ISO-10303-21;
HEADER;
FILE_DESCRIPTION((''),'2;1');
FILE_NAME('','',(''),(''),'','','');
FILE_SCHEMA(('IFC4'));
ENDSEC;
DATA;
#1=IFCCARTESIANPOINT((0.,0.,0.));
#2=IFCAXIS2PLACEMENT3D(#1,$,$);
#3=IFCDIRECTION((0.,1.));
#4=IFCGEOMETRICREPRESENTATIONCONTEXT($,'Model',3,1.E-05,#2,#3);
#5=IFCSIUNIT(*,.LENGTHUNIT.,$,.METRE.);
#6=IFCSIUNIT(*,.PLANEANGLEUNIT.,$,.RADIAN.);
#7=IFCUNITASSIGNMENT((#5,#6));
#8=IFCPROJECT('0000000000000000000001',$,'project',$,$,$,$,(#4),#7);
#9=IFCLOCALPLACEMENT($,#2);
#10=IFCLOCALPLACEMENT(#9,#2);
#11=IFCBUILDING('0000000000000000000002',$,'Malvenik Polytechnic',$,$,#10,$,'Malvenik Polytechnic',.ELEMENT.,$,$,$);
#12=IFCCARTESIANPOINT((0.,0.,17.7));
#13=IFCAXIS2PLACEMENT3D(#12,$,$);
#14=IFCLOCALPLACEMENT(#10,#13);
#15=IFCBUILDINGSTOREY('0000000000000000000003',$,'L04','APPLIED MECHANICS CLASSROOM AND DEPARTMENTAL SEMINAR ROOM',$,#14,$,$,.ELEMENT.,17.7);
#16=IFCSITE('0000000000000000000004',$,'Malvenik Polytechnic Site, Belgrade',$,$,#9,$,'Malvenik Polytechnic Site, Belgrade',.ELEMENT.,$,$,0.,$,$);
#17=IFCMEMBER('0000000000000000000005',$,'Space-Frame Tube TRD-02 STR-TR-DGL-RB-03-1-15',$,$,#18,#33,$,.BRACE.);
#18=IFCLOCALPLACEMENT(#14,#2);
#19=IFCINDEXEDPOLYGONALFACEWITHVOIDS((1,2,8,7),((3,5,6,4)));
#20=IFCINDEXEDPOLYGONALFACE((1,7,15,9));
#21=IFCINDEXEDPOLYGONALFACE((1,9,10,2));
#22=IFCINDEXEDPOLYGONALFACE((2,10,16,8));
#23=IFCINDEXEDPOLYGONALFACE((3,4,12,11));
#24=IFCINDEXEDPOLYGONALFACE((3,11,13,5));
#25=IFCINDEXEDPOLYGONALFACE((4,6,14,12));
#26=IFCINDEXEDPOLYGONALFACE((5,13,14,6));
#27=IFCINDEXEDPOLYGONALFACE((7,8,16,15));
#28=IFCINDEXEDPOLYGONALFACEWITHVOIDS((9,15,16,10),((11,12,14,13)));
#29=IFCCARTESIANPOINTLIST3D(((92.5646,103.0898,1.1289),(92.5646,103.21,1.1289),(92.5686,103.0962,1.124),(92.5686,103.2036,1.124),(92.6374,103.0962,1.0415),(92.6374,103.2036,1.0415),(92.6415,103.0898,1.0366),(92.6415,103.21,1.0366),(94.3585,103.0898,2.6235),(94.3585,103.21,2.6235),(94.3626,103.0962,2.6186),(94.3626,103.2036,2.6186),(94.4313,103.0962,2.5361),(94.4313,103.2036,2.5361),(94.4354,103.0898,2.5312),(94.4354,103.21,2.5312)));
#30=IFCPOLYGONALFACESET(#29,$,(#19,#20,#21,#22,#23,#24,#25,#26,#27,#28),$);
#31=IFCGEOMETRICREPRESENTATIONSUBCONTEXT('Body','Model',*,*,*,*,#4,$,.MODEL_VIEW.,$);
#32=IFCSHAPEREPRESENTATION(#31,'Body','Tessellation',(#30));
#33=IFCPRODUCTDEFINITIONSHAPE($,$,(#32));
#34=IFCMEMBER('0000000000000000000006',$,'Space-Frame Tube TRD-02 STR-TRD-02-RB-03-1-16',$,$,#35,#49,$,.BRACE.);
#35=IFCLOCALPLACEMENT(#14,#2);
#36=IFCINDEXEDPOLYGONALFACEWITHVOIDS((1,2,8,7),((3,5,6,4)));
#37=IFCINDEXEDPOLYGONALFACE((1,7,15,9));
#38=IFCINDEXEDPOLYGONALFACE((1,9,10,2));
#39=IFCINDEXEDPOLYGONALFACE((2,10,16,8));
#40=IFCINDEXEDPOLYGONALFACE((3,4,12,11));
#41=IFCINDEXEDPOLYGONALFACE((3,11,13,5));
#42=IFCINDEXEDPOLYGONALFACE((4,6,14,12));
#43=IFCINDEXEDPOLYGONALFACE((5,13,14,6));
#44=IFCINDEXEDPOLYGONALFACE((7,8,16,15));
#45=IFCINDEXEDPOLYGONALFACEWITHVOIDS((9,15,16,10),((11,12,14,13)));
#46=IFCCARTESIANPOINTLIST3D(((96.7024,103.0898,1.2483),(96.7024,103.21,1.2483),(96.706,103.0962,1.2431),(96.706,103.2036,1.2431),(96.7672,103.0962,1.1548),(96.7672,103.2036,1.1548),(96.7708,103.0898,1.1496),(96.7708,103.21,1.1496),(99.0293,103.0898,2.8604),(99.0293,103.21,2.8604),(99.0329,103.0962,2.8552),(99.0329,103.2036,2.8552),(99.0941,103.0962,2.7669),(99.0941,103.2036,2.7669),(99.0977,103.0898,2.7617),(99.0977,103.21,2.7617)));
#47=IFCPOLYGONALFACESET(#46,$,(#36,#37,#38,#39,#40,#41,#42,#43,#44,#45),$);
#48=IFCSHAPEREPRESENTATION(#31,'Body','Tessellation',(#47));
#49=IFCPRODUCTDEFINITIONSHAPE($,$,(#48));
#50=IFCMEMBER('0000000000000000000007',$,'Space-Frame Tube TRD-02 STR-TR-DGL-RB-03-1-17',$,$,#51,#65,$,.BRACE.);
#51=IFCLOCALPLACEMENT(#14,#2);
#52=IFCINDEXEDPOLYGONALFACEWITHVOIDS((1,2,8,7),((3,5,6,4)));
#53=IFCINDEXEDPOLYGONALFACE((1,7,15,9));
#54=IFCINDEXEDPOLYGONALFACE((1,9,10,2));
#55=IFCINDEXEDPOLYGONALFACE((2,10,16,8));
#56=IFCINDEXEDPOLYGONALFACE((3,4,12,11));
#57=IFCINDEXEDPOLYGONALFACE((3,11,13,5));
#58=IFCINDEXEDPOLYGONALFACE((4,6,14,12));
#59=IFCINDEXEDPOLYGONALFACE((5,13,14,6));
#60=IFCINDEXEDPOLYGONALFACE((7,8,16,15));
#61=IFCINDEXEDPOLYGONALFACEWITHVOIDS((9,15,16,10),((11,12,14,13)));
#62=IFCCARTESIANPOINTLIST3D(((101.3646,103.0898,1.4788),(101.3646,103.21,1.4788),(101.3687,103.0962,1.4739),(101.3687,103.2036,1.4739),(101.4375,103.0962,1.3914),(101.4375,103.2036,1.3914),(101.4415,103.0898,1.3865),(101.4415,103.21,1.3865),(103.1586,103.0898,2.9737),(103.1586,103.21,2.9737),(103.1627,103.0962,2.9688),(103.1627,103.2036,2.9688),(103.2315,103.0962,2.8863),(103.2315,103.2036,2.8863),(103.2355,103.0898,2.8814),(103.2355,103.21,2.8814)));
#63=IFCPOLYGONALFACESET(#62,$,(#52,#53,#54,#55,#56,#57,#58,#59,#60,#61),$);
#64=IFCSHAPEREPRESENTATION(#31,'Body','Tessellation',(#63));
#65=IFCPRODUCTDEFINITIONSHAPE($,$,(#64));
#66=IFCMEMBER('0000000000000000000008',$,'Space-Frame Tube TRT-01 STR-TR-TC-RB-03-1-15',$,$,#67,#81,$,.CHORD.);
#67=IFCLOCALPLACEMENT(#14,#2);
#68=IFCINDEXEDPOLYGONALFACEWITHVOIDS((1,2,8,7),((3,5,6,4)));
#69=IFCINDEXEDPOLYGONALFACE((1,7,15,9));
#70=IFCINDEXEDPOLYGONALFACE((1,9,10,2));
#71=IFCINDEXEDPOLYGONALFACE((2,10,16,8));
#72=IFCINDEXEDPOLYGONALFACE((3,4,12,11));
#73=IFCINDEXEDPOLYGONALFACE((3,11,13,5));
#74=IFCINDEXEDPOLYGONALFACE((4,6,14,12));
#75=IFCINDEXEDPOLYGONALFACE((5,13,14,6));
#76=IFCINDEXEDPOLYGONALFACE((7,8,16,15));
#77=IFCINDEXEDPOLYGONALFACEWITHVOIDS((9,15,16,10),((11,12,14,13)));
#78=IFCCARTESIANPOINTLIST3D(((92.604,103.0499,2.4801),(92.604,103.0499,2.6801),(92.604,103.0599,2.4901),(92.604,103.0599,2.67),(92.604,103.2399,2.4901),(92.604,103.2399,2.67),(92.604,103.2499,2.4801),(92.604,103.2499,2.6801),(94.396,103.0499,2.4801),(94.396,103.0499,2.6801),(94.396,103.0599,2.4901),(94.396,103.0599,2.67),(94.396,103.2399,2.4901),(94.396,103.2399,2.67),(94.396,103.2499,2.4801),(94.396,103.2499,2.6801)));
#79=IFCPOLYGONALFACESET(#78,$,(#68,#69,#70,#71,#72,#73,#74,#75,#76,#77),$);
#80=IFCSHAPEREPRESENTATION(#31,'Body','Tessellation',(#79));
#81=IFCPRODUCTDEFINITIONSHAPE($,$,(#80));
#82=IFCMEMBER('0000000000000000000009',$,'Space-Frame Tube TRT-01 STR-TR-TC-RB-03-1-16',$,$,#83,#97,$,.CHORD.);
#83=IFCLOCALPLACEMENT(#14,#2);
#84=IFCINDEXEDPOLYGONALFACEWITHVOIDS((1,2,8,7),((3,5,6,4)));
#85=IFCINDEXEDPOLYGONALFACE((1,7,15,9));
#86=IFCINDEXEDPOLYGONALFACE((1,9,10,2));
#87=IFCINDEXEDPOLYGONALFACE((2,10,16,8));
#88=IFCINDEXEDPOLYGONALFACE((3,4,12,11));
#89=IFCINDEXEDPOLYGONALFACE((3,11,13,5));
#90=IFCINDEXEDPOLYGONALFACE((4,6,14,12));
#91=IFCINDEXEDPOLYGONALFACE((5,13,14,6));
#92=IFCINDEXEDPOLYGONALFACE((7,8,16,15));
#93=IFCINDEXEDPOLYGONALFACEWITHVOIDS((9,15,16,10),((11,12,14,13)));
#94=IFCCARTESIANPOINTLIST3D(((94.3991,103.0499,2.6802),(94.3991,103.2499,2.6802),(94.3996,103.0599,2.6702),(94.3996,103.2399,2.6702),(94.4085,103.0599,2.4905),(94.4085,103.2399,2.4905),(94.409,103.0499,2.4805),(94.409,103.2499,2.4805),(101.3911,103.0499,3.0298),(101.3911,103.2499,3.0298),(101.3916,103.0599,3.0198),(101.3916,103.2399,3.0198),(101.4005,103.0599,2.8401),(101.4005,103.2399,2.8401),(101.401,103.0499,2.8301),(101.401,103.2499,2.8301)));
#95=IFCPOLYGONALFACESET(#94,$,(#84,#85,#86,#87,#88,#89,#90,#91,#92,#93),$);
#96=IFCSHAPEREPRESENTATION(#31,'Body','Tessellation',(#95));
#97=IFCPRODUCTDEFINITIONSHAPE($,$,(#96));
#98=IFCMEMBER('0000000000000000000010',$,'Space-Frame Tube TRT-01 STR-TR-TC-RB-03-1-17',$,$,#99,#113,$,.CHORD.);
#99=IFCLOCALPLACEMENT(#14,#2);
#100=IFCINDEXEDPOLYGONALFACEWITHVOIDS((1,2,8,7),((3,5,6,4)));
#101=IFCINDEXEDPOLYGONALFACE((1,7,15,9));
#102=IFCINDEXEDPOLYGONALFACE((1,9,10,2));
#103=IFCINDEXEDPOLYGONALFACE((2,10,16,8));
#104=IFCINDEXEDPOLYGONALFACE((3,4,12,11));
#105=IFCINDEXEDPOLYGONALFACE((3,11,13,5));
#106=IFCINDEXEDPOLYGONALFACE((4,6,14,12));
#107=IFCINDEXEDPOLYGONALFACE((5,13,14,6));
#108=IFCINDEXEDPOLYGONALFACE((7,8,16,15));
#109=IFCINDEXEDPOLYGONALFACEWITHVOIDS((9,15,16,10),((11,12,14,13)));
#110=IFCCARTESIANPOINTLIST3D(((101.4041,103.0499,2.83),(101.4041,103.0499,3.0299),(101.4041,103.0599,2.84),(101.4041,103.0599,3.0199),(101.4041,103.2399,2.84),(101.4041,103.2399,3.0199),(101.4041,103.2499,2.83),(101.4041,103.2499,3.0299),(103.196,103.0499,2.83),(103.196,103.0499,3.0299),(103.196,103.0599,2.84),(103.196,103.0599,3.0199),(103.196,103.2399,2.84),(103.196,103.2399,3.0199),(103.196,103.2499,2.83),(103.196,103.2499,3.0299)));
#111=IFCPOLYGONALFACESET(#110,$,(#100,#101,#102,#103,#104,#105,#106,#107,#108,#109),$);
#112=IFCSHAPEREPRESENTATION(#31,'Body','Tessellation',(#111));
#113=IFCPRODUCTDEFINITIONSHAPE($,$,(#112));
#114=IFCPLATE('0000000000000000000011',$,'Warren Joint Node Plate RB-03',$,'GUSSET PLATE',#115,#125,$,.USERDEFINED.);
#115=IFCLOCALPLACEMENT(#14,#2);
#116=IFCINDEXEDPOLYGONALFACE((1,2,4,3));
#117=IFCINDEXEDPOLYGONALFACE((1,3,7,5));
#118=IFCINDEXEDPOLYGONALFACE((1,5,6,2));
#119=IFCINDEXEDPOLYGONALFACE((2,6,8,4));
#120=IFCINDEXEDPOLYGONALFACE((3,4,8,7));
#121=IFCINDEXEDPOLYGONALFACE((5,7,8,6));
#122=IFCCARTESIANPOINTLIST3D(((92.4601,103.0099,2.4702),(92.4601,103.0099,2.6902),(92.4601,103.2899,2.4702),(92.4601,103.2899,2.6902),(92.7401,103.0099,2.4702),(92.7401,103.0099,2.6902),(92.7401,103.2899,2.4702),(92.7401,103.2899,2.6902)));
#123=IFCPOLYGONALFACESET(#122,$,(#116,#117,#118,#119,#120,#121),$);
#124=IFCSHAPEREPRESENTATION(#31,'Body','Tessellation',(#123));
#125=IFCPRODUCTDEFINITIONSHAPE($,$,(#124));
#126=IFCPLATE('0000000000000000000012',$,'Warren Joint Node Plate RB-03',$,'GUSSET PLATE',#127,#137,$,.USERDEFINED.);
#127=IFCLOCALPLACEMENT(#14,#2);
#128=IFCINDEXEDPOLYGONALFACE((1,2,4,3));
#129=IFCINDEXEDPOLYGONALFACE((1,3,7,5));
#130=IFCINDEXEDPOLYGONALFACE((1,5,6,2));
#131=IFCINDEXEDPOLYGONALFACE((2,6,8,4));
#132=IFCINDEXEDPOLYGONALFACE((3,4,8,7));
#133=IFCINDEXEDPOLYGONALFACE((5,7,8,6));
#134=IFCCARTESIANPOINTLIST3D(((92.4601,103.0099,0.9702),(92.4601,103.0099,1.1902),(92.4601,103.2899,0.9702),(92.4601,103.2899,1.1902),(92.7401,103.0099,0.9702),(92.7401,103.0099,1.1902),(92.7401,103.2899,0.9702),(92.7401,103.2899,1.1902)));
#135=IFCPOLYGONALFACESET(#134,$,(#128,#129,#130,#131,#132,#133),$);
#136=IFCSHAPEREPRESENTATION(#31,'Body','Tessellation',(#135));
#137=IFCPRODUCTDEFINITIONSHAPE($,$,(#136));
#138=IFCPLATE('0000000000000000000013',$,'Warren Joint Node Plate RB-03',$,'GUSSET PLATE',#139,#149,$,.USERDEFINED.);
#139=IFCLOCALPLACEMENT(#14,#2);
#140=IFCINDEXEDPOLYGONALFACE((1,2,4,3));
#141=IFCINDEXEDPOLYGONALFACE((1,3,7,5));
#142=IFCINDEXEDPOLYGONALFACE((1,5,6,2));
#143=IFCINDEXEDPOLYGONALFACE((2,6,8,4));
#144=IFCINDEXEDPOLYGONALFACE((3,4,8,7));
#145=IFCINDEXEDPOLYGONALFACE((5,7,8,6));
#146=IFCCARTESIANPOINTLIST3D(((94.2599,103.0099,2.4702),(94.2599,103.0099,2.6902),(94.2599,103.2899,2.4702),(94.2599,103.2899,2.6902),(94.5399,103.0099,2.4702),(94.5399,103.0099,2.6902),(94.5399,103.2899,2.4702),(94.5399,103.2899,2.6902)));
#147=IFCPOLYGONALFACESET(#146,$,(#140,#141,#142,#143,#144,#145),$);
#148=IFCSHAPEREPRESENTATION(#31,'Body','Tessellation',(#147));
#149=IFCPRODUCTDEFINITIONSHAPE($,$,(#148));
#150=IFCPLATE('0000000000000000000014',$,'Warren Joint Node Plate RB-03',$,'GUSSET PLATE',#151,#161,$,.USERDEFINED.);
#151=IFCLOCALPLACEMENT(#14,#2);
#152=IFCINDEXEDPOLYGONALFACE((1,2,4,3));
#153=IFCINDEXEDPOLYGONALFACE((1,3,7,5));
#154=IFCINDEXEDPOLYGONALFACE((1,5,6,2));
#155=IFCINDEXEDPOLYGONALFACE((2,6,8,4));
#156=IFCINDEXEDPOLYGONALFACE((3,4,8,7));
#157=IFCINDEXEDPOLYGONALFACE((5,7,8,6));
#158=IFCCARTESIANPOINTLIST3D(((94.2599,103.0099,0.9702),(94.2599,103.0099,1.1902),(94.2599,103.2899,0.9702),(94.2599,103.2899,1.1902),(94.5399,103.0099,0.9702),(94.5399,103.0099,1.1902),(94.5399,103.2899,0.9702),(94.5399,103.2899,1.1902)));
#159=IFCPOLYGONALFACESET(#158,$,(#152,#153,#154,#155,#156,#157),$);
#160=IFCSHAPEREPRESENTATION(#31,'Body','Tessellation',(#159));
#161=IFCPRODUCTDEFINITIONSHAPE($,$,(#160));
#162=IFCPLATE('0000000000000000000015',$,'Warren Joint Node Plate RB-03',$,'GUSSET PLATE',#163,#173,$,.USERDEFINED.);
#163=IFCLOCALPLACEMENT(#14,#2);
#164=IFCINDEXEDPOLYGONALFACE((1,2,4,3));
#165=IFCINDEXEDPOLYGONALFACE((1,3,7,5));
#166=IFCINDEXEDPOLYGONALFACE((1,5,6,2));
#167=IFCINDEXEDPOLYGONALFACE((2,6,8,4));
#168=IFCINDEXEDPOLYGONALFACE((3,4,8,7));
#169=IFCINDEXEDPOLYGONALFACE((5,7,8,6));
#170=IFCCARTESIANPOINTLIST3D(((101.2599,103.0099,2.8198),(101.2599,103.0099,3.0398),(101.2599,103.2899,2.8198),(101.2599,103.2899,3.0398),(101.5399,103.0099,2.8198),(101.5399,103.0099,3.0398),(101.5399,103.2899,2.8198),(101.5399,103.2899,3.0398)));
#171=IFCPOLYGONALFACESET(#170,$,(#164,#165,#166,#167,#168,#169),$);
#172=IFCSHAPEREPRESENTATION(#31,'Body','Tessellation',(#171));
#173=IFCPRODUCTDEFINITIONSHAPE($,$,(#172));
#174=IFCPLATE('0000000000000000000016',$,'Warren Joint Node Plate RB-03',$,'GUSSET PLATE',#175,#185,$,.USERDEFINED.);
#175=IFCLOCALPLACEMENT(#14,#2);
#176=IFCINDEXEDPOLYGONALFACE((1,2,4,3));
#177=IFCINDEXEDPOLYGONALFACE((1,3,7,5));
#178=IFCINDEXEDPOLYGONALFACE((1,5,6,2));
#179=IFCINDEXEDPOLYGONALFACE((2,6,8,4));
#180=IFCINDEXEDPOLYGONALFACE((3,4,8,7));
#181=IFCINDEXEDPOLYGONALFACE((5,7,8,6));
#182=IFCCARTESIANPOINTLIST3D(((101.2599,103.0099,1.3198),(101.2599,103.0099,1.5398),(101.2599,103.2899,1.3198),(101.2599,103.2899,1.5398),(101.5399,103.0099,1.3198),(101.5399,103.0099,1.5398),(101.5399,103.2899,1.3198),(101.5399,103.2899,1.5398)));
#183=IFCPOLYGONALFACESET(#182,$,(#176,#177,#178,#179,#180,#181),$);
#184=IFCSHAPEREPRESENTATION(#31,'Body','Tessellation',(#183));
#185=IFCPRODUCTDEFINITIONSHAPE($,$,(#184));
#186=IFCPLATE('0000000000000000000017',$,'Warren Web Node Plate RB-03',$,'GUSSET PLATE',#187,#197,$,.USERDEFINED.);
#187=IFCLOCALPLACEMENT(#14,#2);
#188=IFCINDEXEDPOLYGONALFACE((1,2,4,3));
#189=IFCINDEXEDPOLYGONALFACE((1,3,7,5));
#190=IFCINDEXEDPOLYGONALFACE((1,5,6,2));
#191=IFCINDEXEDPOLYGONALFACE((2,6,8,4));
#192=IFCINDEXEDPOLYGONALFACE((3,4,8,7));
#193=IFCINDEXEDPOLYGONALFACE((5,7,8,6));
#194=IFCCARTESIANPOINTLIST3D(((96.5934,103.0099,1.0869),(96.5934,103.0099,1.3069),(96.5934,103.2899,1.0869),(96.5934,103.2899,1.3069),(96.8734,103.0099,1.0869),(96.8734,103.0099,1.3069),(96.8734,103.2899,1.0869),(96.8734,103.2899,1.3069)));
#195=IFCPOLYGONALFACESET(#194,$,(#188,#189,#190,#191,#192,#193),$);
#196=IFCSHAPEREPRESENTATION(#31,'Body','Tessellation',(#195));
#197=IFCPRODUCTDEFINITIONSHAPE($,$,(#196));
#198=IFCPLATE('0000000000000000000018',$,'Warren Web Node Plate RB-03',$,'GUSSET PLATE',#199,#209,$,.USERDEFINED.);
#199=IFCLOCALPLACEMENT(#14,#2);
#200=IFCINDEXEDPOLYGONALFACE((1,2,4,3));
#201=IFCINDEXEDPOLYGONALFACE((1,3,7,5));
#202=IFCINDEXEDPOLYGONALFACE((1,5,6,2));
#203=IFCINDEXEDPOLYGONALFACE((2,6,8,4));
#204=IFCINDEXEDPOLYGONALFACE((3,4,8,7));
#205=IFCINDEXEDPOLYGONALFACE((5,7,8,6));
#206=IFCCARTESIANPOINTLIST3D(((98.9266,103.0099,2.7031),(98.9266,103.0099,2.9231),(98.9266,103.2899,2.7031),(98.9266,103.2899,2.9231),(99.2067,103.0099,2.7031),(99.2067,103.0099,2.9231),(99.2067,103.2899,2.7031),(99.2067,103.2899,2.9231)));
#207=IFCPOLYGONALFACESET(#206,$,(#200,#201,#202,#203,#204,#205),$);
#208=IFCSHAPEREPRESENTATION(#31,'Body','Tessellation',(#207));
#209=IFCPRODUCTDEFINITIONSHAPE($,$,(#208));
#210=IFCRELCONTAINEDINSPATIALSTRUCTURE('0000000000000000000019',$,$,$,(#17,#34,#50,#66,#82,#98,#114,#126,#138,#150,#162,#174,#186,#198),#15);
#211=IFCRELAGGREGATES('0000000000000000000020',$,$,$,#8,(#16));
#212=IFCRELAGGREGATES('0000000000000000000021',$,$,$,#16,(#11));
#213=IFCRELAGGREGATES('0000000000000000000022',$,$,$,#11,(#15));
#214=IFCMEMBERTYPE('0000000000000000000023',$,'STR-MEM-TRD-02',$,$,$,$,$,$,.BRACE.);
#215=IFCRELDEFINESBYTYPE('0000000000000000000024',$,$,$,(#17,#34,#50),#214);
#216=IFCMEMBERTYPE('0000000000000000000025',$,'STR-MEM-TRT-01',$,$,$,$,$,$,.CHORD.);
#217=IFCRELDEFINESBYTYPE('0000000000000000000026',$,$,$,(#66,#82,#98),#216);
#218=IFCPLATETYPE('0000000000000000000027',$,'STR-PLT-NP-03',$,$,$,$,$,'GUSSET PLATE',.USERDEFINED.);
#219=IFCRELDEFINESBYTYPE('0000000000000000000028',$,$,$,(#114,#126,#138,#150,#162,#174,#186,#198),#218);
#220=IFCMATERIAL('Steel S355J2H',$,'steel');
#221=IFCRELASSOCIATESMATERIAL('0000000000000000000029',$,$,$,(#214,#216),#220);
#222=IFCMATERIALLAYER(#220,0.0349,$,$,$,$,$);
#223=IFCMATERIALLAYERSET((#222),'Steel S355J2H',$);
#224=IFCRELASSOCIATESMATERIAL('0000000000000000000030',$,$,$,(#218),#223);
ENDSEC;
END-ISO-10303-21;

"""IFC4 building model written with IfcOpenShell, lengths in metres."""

from ifc_helpers import new_model, si_unit, direction, frame, origin, origin_2d, place, context, subcontext, project, spatial, rectangle, hollow_rectangle, extrude, material, layer, layer_set, material_profile, profile_set, type_object, element, save


model = new_model("IFC4")

# Units and contexts
model_context = context("Model", 3, precision=1e-05, world=origin(), true_north=direction((0.0, 1.0)))
body_context = subcontext(model_context, "Body", "Model", "MODEL_VIEW")
ifc_project = project(units=[si_unit("LENGTHUNIT", "METRE"), si_unit("PLANEANGLEUNIT", "RADIAN")], contexts=[model_context])

# Site, building, storey
site_placement = place(None, origin())
site = spatial("IfcSite", under=ifc_project, at=site_placement, Name="Malvenik Polytechnic Site, Belgrade", LongName="Malvenik Polytechnic Site, Belgrade", CompositionType="ELEMENT", RefElevation=0.0)
building_placement = place(site_placement, origin())
building = spatial("IfcBuilding", under=site, at=building_placement, Name="Malvenik Polytechnic", LongName="Malvenik Polytechnic", CompositionType="ELEMENT")
storey_placement = place(building_placement, frame((0.0, 0.0, 17.7)))
storey = spatial("IfcBuildingStorey", under=building, at=storey_placement, Name="L04", Description="APPLIED MECHANICS CLASSROOM AND DEPARTMENTAL SEMINAR ROOM", CompositionType="ELEMENT", Elevation=17.7)

# Shared definitions
ifc_material_1 = material(Name="Steel S355J2H", Category="steel")

# Members
ifc_material_profile_1 = material_profile(ifc_material_1, hollow_rectangle(XDim=0.1201, YDim=0.1201, WallThickness=0.0063, at=origin_2d()), Name="SHS 120x120x6.3")
ifc_profile_set_1 = profile_set([ifc_material_profile_1], Name="Steel S355J2H")
member_type_1 = type_object("IfcMemberType", Name="STR-MEM-TRD-02", PredefinedType="BRACE", material=ifc_profile_set_1)
member_1_placement = place(storey_placement, frame((92.603, 103.1499, 1.0828), z_axis=(0.76829, 0.0, 0.640102), x_axis=(0.0, 1.0, 0.0)))
element("IfcMember", 1, at=member_1_placement, inside=storey, type_object=member_type_1, Name="Space-Frame Tube TRD-02 STR-TR-DGL-RB-03-1-15", PredefinedType="BRACE", context=body_context, shape_type="SweptSolid", body=[
    extrude(hollow_rectangle(XDim=0.1201, YDim=0.1201, WallThickness=0.0063, at=origin_2d()), origin(), (0.0, 0.0, 1.0), 2.335),
])
member_2_placement = place(storey_placement, frame((96.7366, 103.1499, 1.199), z_axis=(0.822006, 0.0, 0.569479), x_axis=(0.0, 1.0, 0.0)))
element("IfcMember", 2, at=member_2_placement, inside=storey, type_object=member_type_1, Name="Space-Frame Tube TRD-02 STR-TRD-02-RB-03-1-16", PredefinedType="BRACE", context=body_context, shape_type="SweptSolid", body=[
    extrude(hollow_rectangle(XDim=0.1201, YDim=0.1201, WallThickness=0.0063, at=origin_2d()), origin(), (0.0, 0.0, 1.0), 2.8308),
])
member_3_placement = place(storey_placement, frame((101.4031, 103.1499, 1.4326), z_axis=(0.768238, 0.0, 0.640164), x_axis=(0.0, 1.0, 0.0)))
element("IfcMember", 3, at=member_3_placement, inside=storey, type_object=member_type_1, Name="Space-Frame Tube TRD-02 STR-TR-DGL-RB-03-1-17", PredefinedType="BRACE", context=body_context, shape_type="SweptSolid", body=[
    extrude(hollow_rectangle(XDim=0.1201, YDim=0.1201, WallThickness=0.0063, at=origin_2d()), origin(), (0.0, 0.0, 1.0), 2.3352),
])
ifc_material_profile_2 = material_profile(ifc_material_1, hollow_rectangle(XDim=0.2, YDim=0.2, WallThickness=0.01, at=origin_2d()), Name="SHS 200x200x10.0")
ifc_profile_set_2 = profile_set([ifc_material_profile_2], Name="Steel S355J2H")
member_type_2 = type_object("IfcMemberType", Name="STR-MEM-TRT-01", PredefinedType="CHORD", material=ifc_profile_set_2)
member_4_placement = place(storey_placement, frame((92.604, 103.1499, 2.5801), z_axis=(1.0, 0.0, 0.0), x_axis=(0.0, 1.0, 0.0)))
element("IfcMember", 4, at=member_4_placement, inside=storey, type_object=member_type_2, Name="Space-Frame Tube TRT-01 STR-TR-TC-RB-03-1-15", PredefinedType="CHORD", context=body_context, shape_type="SweptSolid", body=[
    extrude(hollow_rectangle(XDim=0.2, YDim=0.2, WallThickness=0.01, at=origin_2d()), origin(), (0.0, 0.0, 1.0), 1.792),
])
member_5_placement = place(storey_placement, frame((94.4041, 103.1499, 2.5803), z_axis=(0.998752, 0.0, 0.049939), x_axis=(0.0, 1.0, 0.0)))
element("IfcMember", 5, at=member_5_placement, inside=storey, type_object=member_type_2, Name="Space-Frame Tube TRT-01 STR-TR-TC-RB-03-1-16", PredefinedType="CHORD", context=body_context, shape_type="SweptSolid", body=[
    extrude(hollow_rectangle(XDim=0.2, YDim=0.2, WallThickness=0.01, at=origin_2d()), origin(), (0.0, 0.0, 1.0), 7.0007),
])
member_6_placement = place(storey_placement, frame((101.4041, 103.1499, 2.9299), z_axis=(1.0, 0.0, 0.0), x_axis=(0.0, 1.0, 0.0)))
element("IfcMember", 6, at=member_6_placement, inside=storey, type_object=member_type_2, Name="Space-Frame Tube TRT-01 STR-TR-TC-RB-03-1-17", PredefinedType="CHORD", context=body_context, shape_type="SweptSolid", body=[
    extrude(hollow_rectangle(XDim=0.2, YDim=0.2, WallThickness=0.01, at=origin_2d()), origin(), (0.0, 0.0, 1.0), 1.792),
])

# Plates
ifc_layer_1 = layer(ifc_material_1, 0.0349)
ifc_layer_set_1 = layer_set([ifc_layer_1], Name="Steel S355J2H")
plate_type = type_object("IfcPlateType", Name="STR-PLT-NP-03", ElementType="GUSSET PLATE", PredefinedType="USERDEFINED", material=ifc_layer_set_1)
for number, where, z_axis, x_axis, name in (
    (7, (92.6001, 103.1499, 2.4702), (0.0, 0.0, 1.0), (1.0, 0.0, 0.0), "Warren Joint Node Plate RB-03"),
    (8, (92.6001, 103.1499, 0.9702), (0.0, 0.0, 1.0), (1.0, 0.0, 0.0), "Warren Joint Node Plate RB-03"),
    (9, (94.3999, 103.1499, 2.4702), (0.0, 0.0, 1.0), (1.0, 0.0, 0.0), "Warren Joint Node Plate RB-03"),
    (10, (94.3999, 103.1499, 0.9702), (0.0, 0.0, 1.0), (1.0, 0.0, 0.0), "Warren Joint Node Plate RB-03"),
    (11, (101.3999, 103.1499, 2.8198), (0.0, 0.0, 1.0), (1.0, 0.0, 0.0), "Warren Joint Node Plate RB-03"),
    (12, (101.3999, 103.1499, 1.3198), (0.0, 0.0, 1.0), (1.0, 0.0, 0.0), "Warren Joint Node Plate RB-03"),
    (13, (96.7334, 103.1499, 1.0869), (0.0, 0.0, 1.0), (1.0, 0.0, 0.0), "Warren Web Node Plate RB-03"),
    (14, (99.0667, 103.1499, 2.7031), (0.0, 0.0, 1.0), (1.0, 0.0, 0.0), "Warren Web Node Plate RB-03"),
):
    element("IfcPlate", number, at=place(storey_placement, frame(where, z_axis=z_axis, x_axis=x_axis)), inside=storey, type_object=plate_type, Name=name, ObjectType="GUSSET PLATE", PredefinedType="USERDEFINED", context=body_context, shape_type="SweptSolid", body=[
        extrude(rectangle(XDim=0.28, YDim=0.28, at=origin_2d()), origin(), (0.0, 0.0, 1.0), 0.22),
    ])

save(model, "model.ifc")
